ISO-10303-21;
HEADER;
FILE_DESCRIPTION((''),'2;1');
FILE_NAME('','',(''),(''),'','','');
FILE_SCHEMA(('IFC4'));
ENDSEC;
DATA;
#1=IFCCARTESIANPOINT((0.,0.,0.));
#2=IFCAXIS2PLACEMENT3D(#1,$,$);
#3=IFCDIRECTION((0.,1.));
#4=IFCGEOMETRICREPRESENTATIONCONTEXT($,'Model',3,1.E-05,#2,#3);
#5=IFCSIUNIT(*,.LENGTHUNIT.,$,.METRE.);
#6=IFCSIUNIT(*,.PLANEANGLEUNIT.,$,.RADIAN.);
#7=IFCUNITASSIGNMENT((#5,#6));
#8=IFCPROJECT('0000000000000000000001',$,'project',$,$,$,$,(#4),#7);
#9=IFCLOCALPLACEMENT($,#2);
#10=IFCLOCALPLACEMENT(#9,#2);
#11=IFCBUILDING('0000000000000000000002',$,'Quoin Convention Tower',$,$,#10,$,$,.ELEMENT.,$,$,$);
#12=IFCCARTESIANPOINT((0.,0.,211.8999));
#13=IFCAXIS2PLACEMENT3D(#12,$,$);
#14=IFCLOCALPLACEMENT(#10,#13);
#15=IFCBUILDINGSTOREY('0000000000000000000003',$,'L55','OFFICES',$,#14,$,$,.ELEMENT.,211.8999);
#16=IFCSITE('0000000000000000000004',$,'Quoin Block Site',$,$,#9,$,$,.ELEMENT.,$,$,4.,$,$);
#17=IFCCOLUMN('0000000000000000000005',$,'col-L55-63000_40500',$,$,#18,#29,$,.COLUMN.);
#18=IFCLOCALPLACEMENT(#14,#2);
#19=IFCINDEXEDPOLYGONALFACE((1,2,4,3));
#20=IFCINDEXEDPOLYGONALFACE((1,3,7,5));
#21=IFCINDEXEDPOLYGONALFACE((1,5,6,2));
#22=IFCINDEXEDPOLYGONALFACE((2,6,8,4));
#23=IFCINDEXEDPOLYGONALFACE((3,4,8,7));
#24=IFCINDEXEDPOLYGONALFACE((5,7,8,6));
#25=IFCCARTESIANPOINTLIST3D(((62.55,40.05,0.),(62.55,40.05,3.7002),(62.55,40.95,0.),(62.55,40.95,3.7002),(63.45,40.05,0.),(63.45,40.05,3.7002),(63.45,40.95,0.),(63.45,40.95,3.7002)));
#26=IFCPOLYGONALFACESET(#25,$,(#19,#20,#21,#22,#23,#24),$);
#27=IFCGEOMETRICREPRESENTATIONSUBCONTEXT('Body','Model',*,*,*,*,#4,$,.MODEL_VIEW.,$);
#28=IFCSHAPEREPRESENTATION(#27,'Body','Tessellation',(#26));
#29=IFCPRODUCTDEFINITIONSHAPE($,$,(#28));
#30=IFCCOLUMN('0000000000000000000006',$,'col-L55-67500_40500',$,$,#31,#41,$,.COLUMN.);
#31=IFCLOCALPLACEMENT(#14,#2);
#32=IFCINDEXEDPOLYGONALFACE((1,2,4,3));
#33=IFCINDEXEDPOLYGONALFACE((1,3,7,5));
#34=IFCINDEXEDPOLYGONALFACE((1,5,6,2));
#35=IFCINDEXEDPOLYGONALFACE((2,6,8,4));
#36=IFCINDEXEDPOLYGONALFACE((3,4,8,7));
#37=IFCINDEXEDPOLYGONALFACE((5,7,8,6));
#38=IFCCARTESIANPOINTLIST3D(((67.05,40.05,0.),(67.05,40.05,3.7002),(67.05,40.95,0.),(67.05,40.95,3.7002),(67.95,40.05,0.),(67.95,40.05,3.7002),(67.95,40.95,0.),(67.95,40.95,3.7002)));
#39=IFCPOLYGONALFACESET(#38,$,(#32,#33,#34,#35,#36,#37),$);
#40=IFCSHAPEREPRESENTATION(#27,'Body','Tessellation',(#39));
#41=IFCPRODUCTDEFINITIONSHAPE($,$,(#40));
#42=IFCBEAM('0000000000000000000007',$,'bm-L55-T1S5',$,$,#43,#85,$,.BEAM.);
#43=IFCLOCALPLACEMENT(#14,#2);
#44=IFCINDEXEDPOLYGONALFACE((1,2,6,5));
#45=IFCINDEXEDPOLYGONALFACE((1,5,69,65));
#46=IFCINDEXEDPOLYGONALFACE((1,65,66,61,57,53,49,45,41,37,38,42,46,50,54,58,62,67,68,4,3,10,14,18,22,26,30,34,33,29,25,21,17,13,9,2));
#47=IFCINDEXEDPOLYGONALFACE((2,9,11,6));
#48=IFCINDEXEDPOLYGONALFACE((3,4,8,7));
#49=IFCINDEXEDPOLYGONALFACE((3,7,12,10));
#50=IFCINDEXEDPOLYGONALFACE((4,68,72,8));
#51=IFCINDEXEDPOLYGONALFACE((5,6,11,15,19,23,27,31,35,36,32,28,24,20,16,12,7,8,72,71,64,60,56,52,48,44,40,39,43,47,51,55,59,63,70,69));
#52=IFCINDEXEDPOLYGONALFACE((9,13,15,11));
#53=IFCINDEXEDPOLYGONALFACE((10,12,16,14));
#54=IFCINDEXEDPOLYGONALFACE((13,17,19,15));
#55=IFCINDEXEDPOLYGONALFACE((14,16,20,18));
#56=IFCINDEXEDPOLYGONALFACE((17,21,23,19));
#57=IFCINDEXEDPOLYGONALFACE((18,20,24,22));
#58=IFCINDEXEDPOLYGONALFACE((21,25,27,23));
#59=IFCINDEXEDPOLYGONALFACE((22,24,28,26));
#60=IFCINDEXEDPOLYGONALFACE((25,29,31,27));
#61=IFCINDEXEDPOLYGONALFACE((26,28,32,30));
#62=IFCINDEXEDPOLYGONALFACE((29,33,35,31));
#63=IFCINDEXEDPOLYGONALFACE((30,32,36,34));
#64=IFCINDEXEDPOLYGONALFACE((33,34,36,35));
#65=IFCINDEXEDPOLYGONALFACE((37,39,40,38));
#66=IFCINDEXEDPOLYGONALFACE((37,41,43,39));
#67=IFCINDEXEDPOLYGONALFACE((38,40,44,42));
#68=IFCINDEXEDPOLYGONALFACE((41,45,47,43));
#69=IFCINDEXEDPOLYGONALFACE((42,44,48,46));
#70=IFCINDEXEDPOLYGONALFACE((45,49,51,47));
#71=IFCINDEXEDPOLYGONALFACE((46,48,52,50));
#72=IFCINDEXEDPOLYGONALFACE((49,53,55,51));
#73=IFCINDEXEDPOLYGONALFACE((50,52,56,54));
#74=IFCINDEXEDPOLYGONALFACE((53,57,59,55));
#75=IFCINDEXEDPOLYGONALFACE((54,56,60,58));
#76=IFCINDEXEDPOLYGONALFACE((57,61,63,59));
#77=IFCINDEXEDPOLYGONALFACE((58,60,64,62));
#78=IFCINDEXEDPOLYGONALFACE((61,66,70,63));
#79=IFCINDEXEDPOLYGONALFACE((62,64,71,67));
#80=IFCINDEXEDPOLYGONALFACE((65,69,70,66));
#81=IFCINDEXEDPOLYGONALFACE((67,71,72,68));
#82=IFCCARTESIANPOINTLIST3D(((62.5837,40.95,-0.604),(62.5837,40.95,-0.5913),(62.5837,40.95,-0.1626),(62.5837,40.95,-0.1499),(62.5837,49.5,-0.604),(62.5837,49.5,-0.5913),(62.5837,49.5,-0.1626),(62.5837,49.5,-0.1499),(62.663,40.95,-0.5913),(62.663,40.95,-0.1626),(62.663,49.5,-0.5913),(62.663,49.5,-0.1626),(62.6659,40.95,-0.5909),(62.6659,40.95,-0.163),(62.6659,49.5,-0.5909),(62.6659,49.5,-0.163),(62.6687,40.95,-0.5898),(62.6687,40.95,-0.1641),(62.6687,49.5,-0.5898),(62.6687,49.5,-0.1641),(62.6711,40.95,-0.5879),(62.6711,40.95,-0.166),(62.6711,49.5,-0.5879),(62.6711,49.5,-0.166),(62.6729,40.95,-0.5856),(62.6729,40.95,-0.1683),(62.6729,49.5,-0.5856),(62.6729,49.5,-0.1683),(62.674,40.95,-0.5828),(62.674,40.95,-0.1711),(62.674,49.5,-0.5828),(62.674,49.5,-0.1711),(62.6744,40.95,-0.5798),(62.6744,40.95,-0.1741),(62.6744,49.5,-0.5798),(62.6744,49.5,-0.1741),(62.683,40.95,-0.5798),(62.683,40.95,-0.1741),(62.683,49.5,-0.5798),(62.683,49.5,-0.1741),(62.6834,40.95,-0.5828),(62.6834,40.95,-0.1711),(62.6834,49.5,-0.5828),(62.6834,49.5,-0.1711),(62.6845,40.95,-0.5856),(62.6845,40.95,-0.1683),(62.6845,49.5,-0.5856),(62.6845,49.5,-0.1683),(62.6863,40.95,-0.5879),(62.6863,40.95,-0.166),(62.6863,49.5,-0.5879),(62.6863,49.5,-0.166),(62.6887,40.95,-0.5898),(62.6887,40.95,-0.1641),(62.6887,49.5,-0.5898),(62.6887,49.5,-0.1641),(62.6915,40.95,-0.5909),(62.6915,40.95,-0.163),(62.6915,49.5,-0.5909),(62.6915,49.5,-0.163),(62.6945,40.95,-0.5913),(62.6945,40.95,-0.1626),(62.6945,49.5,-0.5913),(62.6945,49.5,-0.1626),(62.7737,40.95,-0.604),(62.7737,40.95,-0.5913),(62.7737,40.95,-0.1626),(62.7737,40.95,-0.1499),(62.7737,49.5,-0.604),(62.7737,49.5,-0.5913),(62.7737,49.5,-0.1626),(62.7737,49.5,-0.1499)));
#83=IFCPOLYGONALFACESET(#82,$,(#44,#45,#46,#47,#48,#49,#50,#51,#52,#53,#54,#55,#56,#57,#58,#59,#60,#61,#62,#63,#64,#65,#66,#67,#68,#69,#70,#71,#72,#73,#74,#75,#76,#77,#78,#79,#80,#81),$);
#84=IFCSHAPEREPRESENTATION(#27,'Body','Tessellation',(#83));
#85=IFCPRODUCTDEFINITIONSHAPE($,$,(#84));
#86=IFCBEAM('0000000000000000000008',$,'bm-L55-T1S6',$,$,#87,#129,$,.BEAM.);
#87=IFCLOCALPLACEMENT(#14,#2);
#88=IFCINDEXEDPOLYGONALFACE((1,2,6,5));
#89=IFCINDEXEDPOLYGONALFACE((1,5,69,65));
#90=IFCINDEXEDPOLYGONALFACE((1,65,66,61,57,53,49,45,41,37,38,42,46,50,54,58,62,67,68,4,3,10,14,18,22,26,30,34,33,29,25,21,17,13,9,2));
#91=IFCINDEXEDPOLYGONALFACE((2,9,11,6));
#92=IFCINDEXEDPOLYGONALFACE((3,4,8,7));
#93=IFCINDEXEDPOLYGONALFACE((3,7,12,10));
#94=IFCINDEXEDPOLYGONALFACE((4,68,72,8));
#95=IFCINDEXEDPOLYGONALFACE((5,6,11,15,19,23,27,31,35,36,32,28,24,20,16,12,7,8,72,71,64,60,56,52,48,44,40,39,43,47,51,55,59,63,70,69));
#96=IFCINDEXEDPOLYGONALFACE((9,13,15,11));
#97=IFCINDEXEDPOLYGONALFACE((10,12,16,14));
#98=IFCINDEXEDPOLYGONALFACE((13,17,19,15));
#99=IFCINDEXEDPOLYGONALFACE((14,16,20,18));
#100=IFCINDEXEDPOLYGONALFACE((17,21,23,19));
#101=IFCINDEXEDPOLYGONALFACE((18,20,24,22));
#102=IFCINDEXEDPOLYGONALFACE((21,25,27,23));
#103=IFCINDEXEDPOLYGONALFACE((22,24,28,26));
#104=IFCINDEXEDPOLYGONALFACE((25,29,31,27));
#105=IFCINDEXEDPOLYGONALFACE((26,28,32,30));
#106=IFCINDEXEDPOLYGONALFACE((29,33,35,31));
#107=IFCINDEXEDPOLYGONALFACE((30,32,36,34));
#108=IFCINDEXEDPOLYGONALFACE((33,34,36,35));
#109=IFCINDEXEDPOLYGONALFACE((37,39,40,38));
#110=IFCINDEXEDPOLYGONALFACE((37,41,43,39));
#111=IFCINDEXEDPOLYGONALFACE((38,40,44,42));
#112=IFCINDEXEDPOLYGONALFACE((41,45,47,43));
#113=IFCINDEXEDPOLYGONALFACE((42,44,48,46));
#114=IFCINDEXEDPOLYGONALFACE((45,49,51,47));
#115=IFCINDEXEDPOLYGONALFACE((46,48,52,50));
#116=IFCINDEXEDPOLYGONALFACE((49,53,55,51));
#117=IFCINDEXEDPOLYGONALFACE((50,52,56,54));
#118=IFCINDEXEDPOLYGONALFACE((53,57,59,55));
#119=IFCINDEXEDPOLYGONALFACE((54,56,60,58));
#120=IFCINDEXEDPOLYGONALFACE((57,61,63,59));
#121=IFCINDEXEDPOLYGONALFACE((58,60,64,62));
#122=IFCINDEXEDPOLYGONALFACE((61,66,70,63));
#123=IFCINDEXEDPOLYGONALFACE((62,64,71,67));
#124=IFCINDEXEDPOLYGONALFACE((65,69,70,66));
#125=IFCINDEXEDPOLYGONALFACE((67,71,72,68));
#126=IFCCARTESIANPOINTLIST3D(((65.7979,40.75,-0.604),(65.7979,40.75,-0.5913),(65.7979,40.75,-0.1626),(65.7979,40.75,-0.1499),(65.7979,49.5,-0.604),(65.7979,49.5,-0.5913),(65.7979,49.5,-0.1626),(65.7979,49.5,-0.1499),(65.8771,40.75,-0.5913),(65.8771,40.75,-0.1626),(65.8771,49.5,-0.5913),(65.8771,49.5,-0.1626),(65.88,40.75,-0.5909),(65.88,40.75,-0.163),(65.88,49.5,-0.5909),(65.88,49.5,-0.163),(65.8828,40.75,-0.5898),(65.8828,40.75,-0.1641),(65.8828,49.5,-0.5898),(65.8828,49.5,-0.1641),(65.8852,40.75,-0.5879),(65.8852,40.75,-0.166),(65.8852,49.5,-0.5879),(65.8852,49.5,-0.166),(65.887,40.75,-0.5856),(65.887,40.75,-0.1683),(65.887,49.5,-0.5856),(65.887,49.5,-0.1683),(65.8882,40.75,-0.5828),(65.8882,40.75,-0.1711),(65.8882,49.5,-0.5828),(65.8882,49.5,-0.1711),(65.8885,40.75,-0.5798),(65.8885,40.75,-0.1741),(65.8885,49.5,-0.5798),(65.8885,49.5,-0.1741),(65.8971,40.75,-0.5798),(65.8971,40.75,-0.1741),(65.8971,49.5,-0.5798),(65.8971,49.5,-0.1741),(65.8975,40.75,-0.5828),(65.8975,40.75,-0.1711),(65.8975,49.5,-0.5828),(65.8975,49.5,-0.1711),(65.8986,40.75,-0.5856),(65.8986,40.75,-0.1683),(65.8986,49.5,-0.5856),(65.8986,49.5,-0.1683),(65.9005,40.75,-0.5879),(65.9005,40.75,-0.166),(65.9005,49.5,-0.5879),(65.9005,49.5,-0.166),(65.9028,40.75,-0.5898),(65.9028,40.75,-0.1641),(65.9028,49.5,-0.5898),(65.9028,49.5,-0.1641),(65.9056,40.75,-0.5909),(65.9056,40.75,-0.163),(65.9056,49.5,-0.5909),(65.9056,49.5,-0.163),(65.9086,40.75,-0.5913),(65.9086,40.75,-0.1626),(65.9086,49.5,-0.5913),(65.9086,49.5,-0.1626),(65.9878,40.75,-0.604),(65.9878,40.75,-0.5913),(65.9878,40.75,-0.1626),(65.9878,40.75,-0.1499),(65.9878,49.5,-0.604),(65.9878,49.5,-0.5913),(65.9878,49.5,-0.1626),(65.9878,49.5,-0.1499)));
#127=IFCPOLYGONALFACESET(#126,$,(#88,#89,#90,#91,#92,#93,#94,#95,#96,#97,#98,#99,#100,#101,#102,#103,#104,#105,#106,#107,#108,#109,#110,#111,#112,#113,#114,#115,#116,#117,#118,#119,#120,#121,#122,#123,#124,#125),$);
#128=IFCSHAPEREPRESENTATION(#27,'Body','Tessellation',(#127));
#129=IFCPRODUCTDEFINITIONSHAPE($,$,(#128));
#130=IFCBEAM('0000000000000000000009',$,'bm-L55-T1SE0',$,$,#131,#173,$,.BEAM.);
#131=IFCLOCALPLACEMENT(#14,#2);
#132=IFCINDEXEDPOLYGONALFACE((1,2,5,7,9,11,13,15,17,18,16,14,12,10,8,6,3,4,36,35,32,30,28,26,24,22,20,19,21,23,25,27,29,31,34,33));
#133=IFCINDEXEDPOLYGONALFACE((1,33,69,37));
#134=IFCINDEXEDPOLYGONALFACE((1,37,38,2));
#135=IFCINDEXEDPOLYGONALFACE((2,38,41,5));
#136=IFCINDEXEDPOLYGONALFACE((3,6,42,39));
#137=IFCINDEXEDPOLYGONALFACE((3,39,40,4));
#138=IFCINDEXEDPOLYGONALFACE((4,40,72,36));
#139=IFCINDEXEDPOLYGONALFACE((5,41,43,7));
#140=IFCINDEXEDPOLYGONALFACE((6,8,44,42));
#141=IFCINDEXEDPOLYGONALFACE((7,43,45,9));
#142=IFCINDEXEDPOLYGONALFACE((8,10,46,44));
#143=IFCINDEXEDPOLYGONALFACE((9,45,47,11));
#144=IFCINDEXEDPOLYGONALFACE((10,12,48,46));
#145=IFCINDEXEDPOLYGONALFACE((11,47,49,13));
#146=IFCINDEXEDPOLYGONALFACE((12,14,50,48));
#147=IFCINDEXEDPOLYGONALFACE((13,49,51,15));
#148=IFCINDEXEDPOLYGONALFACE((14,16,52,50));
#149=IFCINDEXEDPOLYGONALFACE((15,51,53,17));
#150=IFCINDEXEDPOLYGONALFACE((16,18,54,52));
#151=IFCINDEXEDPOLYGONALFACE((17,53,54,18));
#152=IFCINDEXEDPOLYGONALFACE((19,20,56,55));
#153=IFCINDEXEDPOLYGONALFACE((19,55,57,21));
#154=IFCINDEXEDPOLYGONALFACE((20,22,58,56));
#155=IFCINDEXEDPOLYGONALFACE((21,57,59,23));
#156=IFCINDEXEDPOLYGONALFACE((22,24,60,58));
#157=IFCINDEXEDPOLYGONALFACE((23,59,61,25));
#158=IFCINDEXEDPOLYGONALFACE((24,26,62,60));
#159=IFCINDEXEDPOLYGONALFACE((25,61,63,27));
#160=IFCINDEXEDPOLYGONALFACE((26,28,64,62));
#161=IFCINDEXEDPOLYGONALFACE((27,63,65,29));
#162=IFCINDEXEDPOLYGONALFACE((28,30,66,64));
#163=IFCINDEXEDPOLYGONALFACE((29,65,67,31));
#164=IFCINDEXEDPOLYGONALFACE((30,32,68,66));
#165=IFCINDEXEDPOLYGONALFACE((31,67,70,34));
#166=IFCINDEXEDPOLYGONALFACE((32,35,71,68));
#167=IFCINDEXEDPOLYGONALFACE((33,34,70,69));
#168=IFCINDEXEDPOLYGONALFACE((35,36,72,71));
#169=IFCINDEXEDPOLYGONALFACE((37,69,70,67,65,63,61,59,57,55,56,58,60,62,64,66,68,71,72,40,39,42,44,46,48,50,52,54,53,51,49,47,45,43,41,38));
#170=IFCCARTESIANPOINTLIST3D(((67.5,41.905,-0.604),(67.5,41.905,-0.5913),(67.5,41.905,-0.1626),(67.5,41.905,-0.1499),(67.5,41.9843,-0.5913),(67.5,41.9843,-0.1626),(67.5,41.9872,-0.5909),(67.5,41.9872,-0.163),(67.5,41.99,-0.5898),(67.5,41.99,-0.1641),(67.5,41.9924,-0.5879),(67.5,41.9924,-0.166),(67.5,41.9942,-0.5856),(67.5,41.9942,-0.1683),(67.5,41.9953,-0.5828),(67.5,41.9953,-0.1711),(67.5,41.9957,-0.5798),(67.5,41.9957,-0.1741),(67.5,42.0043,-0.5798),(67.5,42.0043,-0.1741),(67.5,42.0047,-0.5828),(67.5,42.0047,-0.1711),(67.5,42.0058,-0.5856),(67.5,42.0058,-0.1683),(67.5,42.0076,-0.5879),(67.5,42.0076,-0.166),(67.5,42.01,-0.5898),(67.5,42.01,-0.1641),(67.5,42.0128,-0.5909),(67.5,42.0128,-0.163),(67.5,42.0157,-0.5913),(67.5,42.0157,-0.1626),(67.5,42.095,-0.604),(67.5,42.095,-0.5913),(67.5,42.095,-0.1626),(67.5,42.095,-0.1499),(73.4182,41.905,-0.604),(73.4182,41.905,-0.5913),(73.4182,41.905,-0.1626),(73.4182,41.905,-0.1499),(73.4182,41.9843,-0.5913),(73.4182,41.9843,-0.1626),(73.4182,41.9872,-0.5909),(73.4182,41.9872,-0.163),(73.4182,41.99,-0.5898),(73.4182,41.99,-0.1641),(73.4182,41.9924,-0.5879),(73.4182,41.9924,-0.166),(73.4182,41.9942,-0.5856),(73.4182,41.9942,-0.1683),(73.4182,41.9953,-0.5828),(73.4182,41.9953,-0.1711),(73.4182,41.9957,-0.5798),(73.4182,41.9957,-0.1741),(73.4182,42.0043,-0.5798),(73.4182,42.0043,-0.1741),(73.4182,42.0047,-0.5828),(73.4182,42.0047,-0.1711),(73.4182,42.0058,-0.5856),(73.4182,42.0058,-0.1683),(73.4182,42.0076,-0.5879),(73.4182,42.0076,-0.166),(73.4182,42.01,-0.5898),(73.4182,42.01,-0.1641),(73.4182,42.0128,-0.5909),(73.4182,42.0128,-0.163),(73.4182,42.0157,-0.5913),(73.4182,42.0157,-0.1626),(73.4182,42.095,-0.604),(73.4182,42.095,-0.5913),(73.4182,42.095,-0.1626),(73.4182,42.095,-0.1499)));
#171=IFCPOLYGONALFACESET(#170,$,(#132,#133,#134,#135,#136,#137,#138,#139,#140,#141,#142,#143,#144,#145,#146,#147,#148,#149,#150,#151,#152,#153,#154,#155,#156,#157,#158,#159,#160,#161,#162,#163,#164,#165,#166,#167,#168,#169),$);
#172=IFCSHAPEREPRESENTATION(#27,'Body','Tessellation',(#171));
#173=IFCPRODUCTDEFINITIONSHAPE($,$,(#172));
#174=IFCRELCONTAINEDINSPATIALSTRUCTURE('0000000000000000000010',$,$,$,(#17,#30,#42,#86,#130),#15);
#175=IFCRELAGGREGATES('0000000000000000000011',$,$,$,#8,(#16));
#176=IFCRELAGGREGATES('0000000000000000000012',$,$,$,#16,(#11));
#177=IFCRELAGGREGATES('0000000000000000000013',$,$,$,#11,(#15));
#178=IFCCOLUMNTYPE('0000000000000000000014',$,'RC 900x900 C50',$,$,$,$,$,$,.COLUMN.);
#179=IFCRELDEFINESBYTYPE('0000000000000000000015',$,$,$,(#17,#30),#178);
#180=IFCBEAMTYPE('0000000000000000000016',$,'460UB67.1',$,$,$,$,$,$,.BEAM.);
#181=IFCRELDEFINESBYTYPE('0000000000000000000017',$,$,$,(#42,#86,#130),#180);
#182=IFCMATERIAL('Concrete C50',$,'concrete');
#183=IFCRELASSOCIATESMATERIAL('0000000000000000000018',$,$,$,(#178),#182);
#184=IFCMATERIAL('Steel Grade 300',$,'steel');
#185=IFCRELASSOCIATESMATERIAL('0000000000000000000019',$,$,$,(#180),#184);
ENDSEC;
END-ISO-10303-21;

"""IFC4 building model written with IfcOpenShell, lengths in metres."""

from ifc_helpers import new_model, si_unit, direction, frame, origin, origin_2d, place, context, subcontext, project, spatial, rectangle, i_section, extrude, material, material_profile, profile_set, type_object, element, save


model = new_model("IFC4")

# Units and contexts
model_context = context("Model", 3, precision=1e-05, world=origin(), true_north=direction((0.0, 1.0)))
body_context = subcontext(model_context, "Body", "Model", "MODEL_VIEW")
ifc_project = project(units=[si_unit("LENGTHUNIT", "METRE"), si_unit("PLANEANGLEUNIT", "RADIAN")], contexts=[model_context])

# Site, building, storey
site_placement = place(None, origin())
site = spatial("IfcSite", under=ifc_project, at=site_placement, Name="Quoin Block Site", CompositionType="ELEMENT", RefElevation=4.0)
building_placement = place(site_placement, origin())
building = spatial("IfcBuilding", under=site, at=building_placement, Name="Quoin Convention Tower", CompositionType="ELEMENT")
storey_placement = place(building_placement, frame((0.0, 0.0, 211.8999)))
storey = spatial("IfcBuildingStorey", under=building, at=storey_placement, Name="L55", Description="OFFICES", CompositionType="ELEMENT", Elevation=211.8999)

# Columns
ifc_material_1 = material(Name="Concrete C50", Category="concrete")
ifc_material_profile_1 = material_profile(ifc_material_1, rectangle(XDim=0.8999, YDim=0.8999, at=origin_2d()), Name="RC 900x900")
ifc_profile_set_1 = profile_set([ifc_material_profile_1], Name="Concrete C50")
column_type = type_object("IfcColumnType", Name="RC 900x900 C50", PredefinedType="COLUMN", material=ifc_profile_set_1)
for number, where, z_axis, x_axis, name in (
    (1, (63.0, 40.5, 0.0), (0.0, 0.0, 1.0), (1.0, 0.0, 0.0), "col-L55-63000_40500"),
    (2, (67.5, 40.5, 0.0), (0.0, 0.0, 1.0), (1.0, 0.0, 0.0), "col-L55-67500_40500"),
):
    element("IfcColumn", number, at=place(storey_placement, frame(where, z_axis=z_axis, x_axis=x_axis)), inside=storey, type_object=column_type, Name=name, PredefinedType="COLUMN", context=body_context, shape_type="SweptSolid", body=[
        extrude(rectangle(XDim=0.8999, YDim=0.8999, at=origin_2d()), origin(), (0.0, 0.0, 1.0), 3.7002),
    ])

# Beams
ifc_material_2 = material(Name="Steel Grade 300", Category="steel")
ifc_material_profile_2 = material_profile(ifc_material_2, i_section(OverallWidth=0.1899, OverallDepth=0.4541, WebThickness=0.0085, FlangeThickness=0.0127, FilletRadius=0.0115, at=origin_2d()), Name="460UB67.1")
ifc_profile_set_2 = profile_set([ifc_material_profile_2], Name="Steel Grade 300")
beam_type = type_object("IfcBeamType", Name="460UB67.1", PredefinedType="BEAM", material=ifc_profile_set_2)
beam_1_placement = place(storey_placement, frame((62.6787, 40.95, -0.377), z_axis=(0.0, 1.0, 0.0), x_axis=(-1.0, 0.0, 0.0)))
element("IfcBeam", 3, at=beam_1_placement, inside=storey, type_object=beam_type, Name="bm-L55-T1S5", PredefinedType="BEAM", context=body_context, shape_type="SweptSolid", body=[
    extrude(i_section(OverallWidth=0.1899, OverallDepth=0.4541, WebThickness=0.0085, FlangeThickness=0.0127, FilletRadius=0.0115, at=origin_2d()), origin(), (0.0, 0.0, 1.0), 8.55),
])
beam_2_placement = place(storey_placement, frame((65.8928, 40.75, -0.377), z_axis=(0.0, 1.0, 0.0), x_axis=(-1.0, 0.0, 0.0)))
element("IfcBeam", 4, at=beam_2_placement, inside=storey, type_object=beam_type, Name="bm-L55-T1S6", PredefinedType="BEAM", context=body_context, shape_type="SweptSolid", body=[
    extrude(i_section(OverallWidth=0.1899, OverallDepth=0.4541, WebThickness=0.0085, FlangeThickness=0.0127, FilletRadius=0.0115, at=origin_2d()), origin(), (0.0, 0.0, 1.0), 8.75),
])
beam_3_placement = place(storey_placement, frame((67.5, 42.0, -0.377), z_axis=(1.0, 0.0, 0.0), x_axis=(0.0, 1.0, 0.0)))
element("IfcBeam", 5, at=beam_3_placement, inside=storey, type_object=beam_type, Name="bm-L55-T1SE0", PredefinedType="BEAM", context=body_context, shape_type="SweptSolid", body=[
    extrude(i_section(OverallWidth=0.1899, OverallDepth=0.4541, WebThickness=0.0085, FlangeThickness=0.0127, FilletRadius=0.0115, at=origin_2d()), origin(), (0.0, 0.0, 1.0), 5.9182),
])

save(model, "model.ifc")
